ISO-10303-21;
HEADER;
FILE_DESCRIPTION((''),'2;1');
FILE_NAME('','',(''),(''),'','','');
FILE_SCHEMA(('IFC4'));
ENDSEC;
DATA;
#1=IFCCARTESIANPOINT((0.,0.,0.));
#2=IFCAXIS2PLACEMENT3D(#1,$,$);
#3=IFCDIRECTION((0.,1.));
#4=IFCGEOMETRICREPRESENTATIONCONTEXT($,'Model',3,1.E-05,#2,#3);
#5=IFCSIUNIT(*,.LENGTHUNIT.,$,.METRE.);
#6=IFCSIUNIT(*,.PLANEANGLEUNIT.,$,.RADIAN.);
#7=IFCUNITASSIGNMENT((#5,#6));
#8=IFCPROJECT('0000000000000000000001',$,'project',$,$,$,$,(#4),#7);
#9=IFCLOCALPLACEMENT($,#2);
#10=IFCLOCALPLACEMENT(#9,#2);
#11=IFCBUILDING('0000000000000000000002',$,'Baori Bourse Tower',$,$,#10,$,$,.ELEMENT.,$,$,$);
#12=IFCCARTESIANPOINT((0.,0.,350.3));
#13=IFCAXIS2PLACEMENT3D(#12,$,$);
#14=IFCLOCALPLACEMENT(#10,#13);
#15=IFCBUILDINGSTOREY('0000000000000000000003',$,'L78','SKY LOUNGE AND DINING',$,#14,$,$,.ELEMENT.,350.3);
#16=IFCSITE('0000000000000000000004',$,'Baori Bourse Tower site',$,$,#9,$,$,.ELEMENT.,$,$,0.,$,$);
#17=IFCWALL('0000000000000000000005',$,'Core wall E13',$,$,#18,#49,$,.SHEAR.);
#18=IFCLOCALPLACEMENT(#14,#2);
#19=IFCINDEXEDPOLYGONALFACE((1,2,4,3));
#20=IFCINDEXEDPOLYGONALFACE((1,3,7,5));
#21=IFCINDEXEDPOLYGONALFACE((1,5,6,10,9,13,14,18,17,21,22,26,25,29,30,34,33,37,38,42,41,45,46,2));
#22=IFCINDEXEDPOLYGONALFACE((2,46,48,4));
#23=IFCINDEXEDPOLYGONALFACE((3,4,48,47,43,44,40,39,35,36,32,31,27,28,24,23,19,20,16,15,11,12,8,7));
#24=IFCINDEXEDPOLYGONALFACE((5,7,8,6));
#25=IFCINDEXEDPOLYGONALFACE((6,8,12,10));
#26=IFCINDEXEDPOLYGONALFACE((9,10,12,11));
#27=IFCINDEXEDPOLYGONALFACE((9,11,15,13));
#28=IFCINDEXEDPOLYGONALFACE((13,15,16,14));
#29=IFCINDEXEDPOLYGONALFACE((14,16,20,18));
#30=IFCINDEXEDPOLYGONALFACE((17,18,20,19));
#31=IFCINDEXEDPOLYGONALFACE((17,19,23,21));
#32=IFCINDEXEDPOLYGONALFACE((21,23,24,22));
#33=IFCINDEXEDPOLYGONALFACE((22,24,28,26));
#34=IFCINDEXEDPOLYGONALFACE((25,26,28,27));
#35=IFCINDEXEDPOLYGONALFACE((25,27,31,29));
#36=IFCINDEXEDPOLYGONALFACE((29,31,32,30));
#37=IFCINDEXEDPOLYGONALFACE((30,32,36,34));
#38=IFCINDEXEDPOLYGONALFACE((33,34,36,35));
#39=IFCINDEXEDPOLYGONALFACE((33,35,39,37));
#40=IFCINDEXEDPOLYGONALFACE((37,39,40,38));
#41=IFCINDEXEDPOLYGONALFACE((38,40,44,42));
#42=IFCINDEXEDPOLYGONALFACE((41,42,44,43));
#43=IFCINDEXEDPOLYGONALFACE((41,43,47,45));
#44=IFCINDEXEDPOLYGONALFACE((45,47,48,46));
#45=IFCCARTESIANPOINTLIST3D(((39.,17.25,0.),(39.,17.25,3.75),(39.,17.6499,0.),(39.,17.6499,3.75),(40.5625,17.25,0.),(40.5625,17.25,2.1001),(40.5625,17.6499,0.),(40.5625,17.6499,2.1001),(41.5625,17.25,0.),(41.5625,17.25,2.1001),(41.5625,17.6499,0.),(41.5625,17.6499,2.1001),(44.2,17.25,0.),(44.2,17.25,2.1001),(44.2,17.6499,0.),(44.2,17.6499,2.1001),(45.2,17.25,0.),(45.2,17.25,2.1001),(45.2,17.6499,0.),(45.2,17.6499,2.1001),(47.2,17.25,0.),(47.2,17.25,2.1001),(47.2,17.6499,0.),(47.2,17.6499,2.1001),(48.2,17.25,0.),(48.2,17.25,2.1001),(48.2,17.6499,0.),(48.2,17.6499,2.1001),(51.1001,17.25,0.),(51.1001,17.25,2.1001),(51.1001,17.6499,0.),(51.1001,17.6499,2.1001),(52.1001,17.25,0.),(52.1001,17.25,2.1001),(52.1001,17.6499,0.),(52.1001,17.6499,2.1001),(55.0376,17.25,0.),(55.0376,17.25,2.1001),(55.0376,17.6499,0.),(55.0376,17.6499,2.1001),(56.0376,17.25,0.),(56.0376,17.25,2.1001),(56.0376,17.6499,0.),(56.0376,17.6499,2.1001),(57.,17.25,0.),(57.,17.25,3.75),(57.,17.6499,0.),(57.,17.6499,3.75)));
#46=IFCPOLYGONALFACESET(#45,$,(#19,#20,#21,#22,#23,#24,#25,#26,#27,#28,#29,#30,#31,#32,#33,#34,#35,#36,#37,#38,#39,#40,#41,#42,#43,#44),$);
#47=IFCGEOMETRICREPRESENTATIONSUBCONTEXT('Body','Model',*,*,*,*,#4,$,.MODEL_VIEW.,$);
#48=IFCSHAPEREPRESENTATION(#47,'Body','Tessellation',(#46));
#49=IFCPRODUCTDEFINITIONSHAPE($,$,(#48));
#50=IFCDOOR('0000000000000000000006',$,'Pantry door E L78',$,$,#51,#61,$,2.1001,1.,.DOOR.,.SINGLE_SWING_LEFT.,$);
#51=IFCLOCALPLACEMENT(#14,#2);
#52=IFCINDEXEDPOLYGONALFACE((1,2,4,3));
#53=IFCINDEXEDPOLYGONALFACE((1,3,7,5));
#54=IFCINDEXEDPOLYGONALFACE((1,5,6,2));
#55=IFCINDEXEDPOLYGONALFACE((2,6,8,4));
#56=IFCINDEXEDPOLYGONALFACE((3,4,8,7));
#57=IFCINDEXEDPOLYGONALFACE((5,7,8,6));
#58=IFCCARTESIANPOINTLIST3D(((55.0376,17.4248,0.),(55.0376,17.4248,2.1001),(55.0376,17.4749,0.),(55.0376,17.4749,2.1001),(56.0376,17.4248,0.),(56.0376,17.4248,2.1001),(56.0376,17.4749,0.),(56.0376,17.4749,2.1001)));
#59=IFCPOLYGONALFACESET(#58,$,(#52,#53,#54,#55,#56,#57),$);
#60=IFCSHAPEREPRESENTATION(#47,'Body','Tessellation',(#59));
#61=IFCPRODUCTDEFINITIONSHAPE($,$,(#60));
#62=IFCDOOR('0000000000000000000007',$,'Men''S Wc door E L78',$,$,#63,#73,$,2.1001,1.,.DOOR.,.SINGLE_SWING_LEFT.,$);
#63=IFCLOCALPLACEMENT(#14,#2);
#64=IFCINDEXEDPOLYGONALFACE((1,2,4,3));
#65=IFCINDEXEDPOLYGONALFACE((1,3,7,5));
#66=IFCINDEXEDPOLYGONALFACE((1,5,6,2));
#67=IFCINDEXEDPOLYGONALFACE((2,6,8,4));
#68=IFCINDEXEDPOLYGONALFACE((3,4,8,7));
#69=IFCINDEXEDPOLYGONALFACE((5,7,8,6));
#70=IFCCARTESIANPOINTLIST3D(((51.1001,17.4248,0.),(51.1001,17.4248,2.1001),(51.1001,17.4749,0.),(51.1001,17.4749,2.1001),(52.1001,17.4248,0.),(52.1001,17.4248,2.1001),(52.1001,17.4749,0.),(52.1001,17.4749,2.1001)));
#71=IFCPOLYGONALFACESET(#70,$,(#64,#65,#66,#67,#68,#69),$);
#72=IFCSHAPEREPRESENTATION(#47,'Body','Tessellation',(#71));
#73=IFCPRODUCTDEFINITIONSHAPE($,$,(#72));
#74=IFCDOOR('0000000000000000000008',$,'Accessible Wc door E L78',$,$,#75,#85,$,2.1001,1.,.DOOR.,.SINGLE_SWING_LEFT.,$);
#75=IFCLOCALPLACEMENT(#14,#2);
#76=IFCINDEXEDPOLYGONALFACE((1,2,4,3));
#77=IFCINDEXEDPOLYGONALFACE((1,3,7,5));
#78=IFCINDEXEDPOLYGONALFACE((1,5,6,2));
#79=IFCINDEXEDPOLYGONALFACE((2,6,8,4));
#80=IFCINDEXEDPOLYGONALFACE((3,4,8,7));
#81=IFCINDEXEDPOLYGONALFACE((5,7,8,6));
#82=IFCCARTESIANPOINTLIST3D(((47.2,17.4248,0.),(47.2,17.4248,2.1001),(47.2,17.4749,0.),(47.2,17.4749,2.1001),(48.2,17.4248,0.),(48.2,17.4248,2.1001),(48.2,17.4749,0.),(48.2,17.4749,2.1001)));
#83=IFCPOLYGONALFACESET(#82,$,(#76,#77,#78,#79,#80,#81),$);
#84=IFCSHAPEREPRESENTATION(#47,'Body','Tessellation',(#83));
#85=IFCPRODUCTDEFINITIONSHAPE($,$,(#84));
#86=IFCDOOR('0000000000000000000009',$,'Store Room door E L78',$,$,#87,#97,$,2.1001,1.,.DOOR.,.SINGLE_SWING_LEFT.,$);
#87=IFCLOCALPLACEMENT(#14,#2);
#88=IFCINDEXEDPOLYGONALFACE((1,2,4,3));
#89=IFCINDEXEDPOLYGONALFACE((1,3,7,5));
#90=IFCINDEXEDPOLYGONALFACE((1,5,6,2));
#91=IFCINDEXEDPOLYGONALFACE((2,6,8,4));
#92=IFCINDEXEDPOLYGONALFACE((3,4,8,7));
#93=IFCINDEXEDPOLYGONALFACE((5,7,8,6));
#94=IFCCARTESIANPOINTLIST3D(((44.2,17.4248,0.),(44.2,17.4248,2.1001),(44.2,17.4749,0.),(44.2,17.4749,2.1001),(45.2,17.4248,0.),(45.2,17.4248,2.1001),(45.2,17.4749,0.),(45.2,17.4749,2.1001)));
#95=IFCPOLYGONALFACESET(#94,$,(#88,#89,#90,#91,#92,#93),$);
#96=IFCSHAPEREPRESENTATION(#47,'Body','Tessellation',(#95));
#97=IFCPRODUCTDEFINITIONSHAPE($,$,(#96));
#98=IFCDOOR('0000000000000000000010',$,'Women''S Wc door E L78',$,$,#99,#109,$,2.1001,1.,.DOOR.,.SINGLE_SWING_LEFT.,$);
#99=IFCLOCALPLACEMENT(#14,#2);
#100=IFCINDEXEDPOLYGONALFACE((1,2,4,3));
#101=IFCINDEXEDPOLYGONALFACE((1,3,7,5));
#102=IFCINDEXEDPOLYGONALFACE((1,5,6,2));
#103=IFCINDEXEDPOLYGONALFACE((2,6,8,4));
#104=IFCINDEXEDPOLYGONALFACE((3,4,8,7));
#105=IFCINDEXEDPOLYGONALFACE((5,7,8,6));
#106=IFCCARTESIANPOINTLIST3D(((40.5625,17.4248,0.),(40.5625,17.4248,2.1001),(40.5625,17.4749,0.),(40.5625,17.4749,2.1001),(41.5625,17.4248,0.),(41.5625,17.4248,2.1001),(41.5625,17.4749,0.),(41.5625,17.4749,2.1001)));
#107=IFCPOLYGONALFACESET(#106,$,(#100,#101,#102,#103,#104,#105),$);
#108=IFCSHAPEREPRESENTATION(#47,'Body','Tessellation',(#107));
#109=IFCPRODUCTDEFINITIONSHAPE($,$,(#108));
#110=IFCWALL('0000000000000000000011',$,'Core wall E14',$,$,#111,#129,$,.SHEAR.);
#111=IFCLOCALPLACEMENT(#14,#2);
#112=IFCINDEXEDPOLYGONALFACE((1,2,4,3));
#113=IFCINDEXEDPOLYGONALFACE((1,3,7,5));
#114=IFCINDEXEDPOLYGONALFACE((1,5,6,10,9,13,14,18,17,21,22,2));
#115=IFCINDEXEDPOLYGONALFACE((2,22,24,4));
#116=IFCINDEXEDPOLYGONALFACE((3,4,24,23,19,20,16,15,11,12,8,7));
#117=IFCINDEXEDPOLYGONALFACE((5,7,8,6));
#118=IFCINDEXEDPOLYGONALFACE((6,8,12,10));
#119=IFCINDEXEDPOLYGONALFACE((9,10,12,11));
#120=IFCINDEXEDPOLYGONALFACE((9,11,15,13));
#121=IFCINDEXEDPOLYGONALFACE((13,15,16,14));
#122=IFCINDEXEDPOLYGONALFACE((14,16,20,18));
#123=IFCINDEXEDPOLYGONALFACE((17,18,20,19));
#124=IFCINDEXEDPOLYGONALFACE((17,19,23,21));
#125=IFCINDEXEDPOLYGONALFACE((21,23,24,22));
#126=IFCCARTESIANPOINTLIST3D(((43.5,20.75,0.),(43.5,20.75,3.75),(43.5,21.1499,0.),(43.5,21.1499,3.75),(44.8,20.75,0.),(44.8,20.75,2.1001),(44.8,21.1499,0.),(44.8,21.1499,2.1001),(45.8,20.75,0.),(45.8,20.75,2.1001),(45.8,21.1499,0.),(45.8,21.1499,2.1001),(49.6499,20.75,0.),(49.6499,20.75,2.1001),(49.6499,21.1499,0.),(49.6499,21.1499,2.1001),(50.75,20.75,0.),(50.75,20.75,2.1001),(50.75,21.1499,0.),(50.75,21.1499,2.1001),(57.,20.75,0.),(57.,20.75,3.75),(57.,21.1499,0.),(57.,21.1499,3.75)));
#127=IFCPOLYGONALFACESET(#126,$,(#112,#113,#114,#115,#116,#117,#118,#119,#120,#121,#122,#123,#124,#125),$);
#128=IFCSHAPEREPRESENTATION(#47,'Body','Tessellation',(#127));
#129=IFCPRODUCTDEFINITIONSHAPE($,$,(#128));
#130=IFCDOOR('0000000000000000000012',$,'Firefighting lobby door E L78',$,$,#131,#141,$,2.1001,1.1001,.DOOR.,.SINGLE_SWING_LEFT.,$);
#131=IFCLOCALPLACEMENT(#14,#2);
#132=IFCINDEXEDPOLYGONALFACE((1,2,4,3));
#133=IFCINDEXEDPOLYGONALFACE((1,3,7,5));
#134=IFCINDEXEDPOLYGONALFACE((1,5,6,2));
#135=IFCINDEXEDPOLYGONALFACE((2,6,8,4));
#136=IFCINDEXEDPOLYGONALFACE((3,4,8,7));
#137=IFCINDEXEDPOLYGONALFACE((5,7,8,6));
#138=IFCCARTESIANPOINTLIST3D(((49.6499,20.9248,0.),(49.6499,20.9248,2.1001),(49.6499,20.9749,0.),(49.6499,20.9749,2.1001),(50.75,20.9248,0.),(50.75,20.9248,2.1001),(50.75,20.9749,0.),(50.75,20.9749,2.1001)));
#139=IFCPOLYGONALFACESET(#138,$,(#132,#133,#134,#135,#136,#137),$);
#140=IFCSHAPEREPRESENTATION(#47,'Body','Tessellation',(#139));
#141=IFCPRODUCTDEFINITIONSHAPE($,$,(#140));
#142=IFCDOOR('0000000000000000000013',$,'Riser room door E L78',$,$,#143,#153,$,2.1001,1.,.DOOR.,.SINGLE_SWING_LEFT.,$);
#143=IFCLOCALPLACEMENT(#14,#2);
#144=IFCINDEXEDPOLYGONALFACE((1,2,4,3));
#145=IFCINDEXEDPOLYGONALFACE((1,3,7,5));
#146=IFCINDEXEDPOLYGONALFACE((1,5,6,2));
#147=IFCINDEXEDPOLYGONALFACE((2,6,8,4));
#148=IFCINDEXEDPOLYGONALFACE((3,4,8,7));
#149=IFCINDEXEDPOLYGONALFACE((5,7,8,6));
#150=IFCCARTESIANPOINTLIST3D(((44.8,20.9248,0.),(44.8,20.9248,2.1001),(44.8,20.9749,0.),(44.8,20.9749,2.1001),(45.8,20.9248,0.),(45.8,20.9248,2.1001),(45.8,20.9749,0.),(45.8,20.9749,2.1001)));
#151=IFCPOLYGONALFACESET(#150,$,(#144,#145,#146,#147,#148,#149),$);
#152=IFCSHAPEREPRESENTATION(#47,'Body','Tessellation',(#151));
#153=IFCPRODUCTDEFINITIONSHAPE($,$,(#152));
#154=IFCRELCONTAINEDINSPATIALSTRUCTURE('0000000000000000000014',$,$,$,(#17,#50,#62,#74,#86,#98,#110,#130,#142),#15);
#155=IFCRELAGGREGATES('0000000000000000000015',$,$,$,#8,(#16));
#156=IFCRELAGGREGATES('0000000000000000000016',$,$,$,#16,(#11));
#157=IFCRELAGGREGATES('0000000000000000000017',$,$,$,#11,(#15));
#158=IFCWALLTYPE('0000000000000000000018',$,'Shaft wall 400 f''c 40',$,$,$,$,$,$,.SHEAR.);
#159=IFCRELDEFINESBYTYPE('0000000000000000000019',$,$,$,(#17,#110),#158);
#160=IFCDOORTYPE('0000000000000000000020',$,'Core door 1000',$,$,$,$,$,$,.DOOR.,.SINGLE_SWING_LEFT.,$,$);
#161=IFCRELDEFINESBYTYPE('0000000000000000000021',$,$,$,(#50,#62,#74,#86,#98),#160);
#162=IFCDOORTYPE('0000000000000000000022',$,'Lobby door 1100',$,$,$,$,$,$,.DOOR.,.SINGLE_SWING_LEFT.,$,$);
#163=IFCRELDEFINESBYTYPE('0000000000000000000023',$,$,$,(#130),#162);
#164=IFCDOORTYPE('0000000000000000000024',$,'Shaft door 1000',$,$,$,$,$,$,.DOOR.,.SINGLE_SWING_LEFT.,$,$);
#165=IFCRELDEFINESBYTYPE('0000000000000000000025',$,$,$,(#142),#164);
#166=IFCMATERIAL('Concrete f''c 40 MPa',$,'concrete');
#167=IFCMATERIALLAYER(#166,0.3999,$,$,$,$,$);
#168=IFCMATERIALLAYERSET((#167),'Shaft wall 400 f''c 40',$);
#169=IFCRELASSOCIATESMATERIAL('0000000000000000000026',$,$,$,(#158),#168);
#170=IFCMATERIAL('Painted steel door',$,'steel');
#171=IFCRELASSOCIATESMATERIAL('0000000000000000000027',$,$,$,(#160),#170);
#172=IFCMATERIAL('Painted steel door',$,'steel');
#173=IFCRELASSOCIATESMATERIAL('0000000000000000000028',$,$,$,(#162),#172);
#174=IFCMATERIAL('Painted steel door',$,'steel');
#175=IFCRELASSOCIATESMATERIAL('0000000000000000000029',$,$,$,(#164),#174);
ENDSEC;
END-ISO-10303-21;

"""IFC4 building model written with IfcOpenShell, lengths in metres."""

from ifc_helpers import new_model, si_unit, direction, frame, frame_2d, origin, place, context, subcontext, project, spatial, rectangle, extrude, material, layer, layer_set, type_object, element, fill, save


model = new_model("IFC4")

# Units and contexts
model_context = context("Model", 3, precision=1e-05, world=origin(), true_north=direction((0.0, 1.0)))
body_context = subcontext(model_context, "Body", "Model", "MODEL_VIEW")
ifc_project = project(units=[si_unit("LENGTHUNIT", "METRE"), si_unit("PLANEANGLEUNIT", "RADIAN")], contexts=[model_context])

# Site, building, storey
site_placement = place(None, origin())
site = spatial("IfcSite", under=ifc_project, at=site_placement, Name="Baori Bourse Tower site", CompositionType="ELEMENT", RefElevation=0.0)
building_placement = place(site_placement, origin())
building = spatial("IfcBuilding", under=site, at=building_placement, Name="Baori Bourse Tower", CompositionType="ELEMENT")
storey_placement = place(building_placement, frame((0.0, 0.0, 350.3)))
storey = spatial("IfcBuildingStorey", under=building, at=storey_placement, Name="L78", Description="SKY LOUNGE AND DINING", CompositionType="ELEMENT", Elevation=350.3)

# Shared definitions
ifc_material_1 = material(Name="Concrete f'c 40 MPa", Category="concrete")
ifc_layer_1 = layer(ifc_material_1, 0.3999)
ifc_layer_set_1 = layer_set([ifc_layer_1], Name="Shaft wall 400 f'c 40")
wall_type_1 = type_object("IfcWallType", Name="Shaft wall 400 f'c 40", PredefinedType="SHEAR", material=ifc_layer_set_1)

# Walls, openings, doors
wall_1_placement = place(storey_placement, frame((39.0, 17.45, 0.0), z_axis=(0.0, 0.0, 1.0), x_axis=(1.0, 0.0, 0.0)))
wall_1 = element("IfcWall", 1, at=wall_1_placement, inside=storey, type_object=wall_type_1, Name="Core wall E13", PredefinedType="SHEAR", context=body_context, shape_type="SweptSolid", body=[
    extrude(rectangle(XDim=18.0, YDim=0.3999, at=frame_2d((9.0, 0.0))), origin(), (0.0, 0.0, 1.0), 3.75),
])
opening_1_placement = place(wall_1_placement, frame((16.0376, 0.0, 0.0)))
opening_1 = element("IfcOpeningElement", 2, at=opening_1_placement, cuts=wall_1, PredefinedType="OPENING", context=body_context, shape_type="SweptSolid", body=[
    extrude(rectangle(XDim=1.0, YDim=2.1001, at=frame_2d((0.5, 1.05))), frame((0.0, 0.21, 0.0), z_axis=(0.0, -1.0, 0.0), x_axis=(1.0, 0.0, 0.0)), (0.0, 0.0, 1.0), 0.4199),
])
opening_2_placement = place(wall_1_placement, frame((12.1001, 0.0, 0.0)))
opening_2 = element("IfcOpeningElement", 3, at=opening_2_placement, cuts=wall_1, PredefinedType="OPENING", context=body_context, shape_type="SweptSolid", body=[
    extrude(rectangle(XDim=1.0, YDim=2.1001, at=frame_2d((0.5, 1.05))), frame((0.0, 0.21, 0.0), z_axis=(0.0, -1.0, 0.0), x_axis=(1.0, 0.0, 0.0)), (0.0, 0.0, 1.0), 0.4199),
])
opening_3_placement = place(wall_1_placement, frame((8.2, 0.0, 0.0)))
opening_3 = element("IfcOpeningElement", 4, at=opening_3_placement, cuts=wall_1, PredefinedType="OPENING", context=body_context, shape_type="SweptSolid", body=[
    extrude(rectangle(XDim=1.0, YDim=2.1001, at=frame_2d((0.5, 1.05))), frame((0.0, 0.21, 0.0), z_axis=(0.0, -1.0, 0.0), x_axis=(1.0, 0.0, 0.0)), (0.0, 0.0, 1.0), 0.4199),
])
opening_4_placement = place(wall_1_placement, frame((5.2, 0.0, 0.0)))
opening_4 = element("IfcOpeningElement", 5, at=opening_4_placement, cuts=wall_1, PredefinedType="OPENING", context=body_context, shape_type="SweptSolid", body=[
    extrude(rectangle(XDim=1.0, YDim=2.1001, at=frame_2d((0.5, 1.05))), frame((0.0, 0.21, 0.0), z_axis=(0.0, -1.0, 0.0), x_axis=(1.0, 0.0, 0.0)), (0.0, 0.0, 1.0), 0.4199),
])
opening_5_placement = place(wall_1_placement, frame((1.5625, 0.0, 0.0)))
opening_5 = element("IfcOpeningElement", 6, at=opening_5_placement, cuts=wall_1, PredefinedType="OPENING", context=body_context, shape_type="SweptSolid", body=[
    extrude(rectangle(XDim=1.0, YDim=2.1001, at=frame_2d((0.5, 1.05))), frame((0.0, 0.21, 0.0), z_axis=(0.0, -1.0, 0.0), x_axis=(1.0, 0.0, 0.0)), (0.0, 0.0, 1.0), 0.4199),
])
ifc_material_2 = material(Name="Painted steel door", Category="steel")
door_type_1 = type_object("IfcDoorType", Name="Core door 1000", OperationType="SINGLE_SWING_LEFT", PredefinedType="DOOR", material=ifc_material_2)
door_1_placement = place(opening_1_placement, origin())
door_1 = element("IfcDoor", 7, at=door_1_placement, inside=storey, type_object=door_type_1, Name="Pantry door E L78", OperationType="SINGLE_SWING_LEFT", OverallHeight=2.1001, OverallWidth=1.0, PredefinedType="DOOR", context=body_context, shape_type="SweptSolid", body=[
    extrude(rectangle(XDim=1.0, YDim=2.1001, at=frame_2d((0.5, 1.05))), frame((0.0, 0.0249, 0.0), z_axis=(0.0, -1.0, 0.0), x_axis=(1.0, 0.0, 0.0)), (0.0, 0.0, 1.0), 0.05),
])
fill(opening_1, door_1)
door_2_placement = place(opening_2_placement, origin())
door_2 = element("IfcDoor", 8, at=door_2_placement, inside=storey, type_object=door_type_1, Name="Men'S Wc door E L78", OperationType="SINGLE_SWING_LEFT", OverallHeight=2.1001, OverallWidth=1.0, PredefinedType="DOOR", context=body_context, shape_type="SweptSolid", body=[
    extrude(rectangle(XDim=1.0, YDim=2.1001, at=frame_2d((0.5, 1.05))), frame((0.0, 0.0249, 0.0), z_axis=(0.0, -1.0, 0.0), x_axis=(1.0, 0.0, 0.0)), (0.0, 0.0, 1.0), 0.05),
])
fill(opening_2, door_2)
door_3_placement = place(opening_3_placement, origin())
door_3 = element("IfcDoor", 9, at=door_3_placement, inside=storey, type_object=door_type_1, Name="Accessible Wc door E L78", OperationType="SINGLE_SWING_LEFT", OverallHeight=2.1001, OverallWidth=1.0, PredefinedType="DOOR", context=body_context, shape_type="SweptSolid", body=[
    extrude(rectangle(XDim=1.0, YDim=2.1001, at=frame_2d((0.5, 1.05))), frame((0.0, 0.0249, 0.0), z_axis=(0.0, -1.0, 0.0), x_axis=(1.0, 0.0, 0.0)), (0.0, 0.0, 1.0), 0.05),
])
fill(opening_3, door_3)
door_4_placement = place(opening_4_placement, origin())
door_4 = element("IfcDoor", 10, at=door_4_placement, inside=storey, type_object=door_type_1, Name="Store Room door E L78", OperationType="SINGLE_SWING_LEFT", OverallHeight=2.1001, OverallWidth=1.0, PredefinedType="DOOR", context=body_context, shape_type="SweptSolid", body=[
    extrude(rectangle(XDim=1.0, YDim=2.1001, at=frame_2d((0.5, 1.05))), frame((0.0, 0.0249, 0.0), z_axis=(0.0, -1.0, 0.0), x_axis=(1.0, 0.0, 0.0)), (0.0, 0.0, 1.0), 0.05),
])
fill(opening_4, door_4)
door_5_placement = place(opening_5_placement, origin())
door_5 = element("IfcDoor", 11, at=door_5_placement, inside=storey, type_object=door_type_1, Name="Women'S Wc door E L78", OperationType="SINGLE_SWING_LEFT", OverallHeight=2.1001, OverallWidth=1.0, PredefinedType="DOOR", context=body_context, shape_type="SweptSolid", body=[
    extrude(rectangle(XDim=1.0, YDim=2.1001, at=frame_2d((0.5, 1.05))), frame((0.0, 0.0249, 0.0), z_axis=(0.0, -1.0, 0.0), x_axis=(1.0, 0.0, 0.0)), (0.0, 0.0, 1.0), 0.05),
])
fill(opening_5, door_5)
wall_2_placement = place(storey_placement, frame((43.5, 20.95, 0.0), z_axis=(0.0, 0.0, 1.0), x_axis=(1.0, 0.0, 0.0)))
wall_2 = element("IfcWall", 12, at=wall_2_placement, inside=storey, type_object=wall_type_1, Name="Core wall E14", PredefinedType="SHEAR", context=body_context, shape_type="SweptSolid", body=[
    extrude(rectangle(XDim=13.5, YDim=0.3999, at=frame_2d((6.75, 0.0))), origin(), (0.0, 0.0, 1.0), 3.75),
])
opening_6_placement = place(wall_2_placement, frame((6.1499, 0.0, 0.0)))
opening_6 = element("IfcOpeningElement", 13, at=opening_6_placement, cuts=wall_2, PredefinedType="OPENING", context=body_context, shape_type="SweptSolid", body=[
    extrude(rectangle(XDim=1.1001, YDim=2.1001, at=frame_2d((0.55, 1.05))), frame((0.0, 0.21, 0.0), z_axis=(0.0, -1.0, 0.0), x_axis=(1.0, 0.0, 0.0)), (0.0, 0.0, 1.0), 0.4199),
])
opening_7_placement = place(wall_2_placement, frame((1.3, 0.0, 0.0)))
opening_7 = element("IfcOpeningElement", 14, at=opening_7_placement, cuts=wall_2, PredefinedType="OPENING", context=body_context, shape_type="SweptSolid", body=[
    extrude(rectangle(XDim=1.0, YDim=2.1001, at=frame_2d((0.5, 1.05))), frame((0.0, 0.21, 0.0), z_axis=(0.0, -1.0, 0.0), x_axis=(1.0, 0.0, 0.0)), (0.0, 0.0, 1.0), 0.4199),
])
ifc_material_3 = material(Name="Painted steel door", Category="steel")
door_type_2 = type_object("IfcDoorType", Name="Lobby door 1100", OperationType="SINGLE_SWING_LEFT", PredefinedType="DOOR", material=ifc_material_3)
door_6_placement = place(opening_6_placement, origin())
door_6 = element("IfcDoor", 15, at=door_6_placement, inside=storey, type_object=door_type_2, Name="Firefighting lobby door E L78", OperationType="SINGLE_SWING_LEFT", OverallHeight=2.1001, OverallWidth=1.1001, PredefinedType="DOOR", context=body_context, shape_type="SweptSolid", body=[
    extrude(rectangle(XDim=1.1001, YDim=2.1001, at=frame_2d((0.55, 1.05))), frame((0.0, 0.0249, 0.0), z_axis=(0.0, -1.0, 0.0), x_axis=(1.0, 0.0, 0.0)), (0.0, 0.0, 1.0), 0.05),
])
fill(opening_6, door_6)
ifc_material_4 = material(Name="Painted steel door", Category="steel")
door_type_3 = type_object("IfcDoorType", Name="Shaft door 1000", OperationType="SINGLE_SWING_LEFT", PredefinedType="DOOR", material=ifc_material_4)
door_7_placement = place(opening_7_placement, origin())
door_7 = element("IfcDoor", 16, at=door_7_placement, inside=storey, type_object=door_type_3, Name="Riser room door E L78", OperationType="SINGLE_SWING_LEFT", OverallHeight=2.1001, OverallWidth=1.0, PredefinedType="DOOR", context=body_context, shape_type="SweptSolid", body=[
    extrude(rectangle(XDim=1.0, YDim=2.1001, at=frame_2d((0.5, 1.05))), frame((0.0, 0.0249, 0.0), z_axis=(0.0, -1.0, 0.0), x_axis=(1.0, 0.0, 0.0)), (0.0, 0.0, 1.0), 0.05),
])
fill(opening_7, door_7)

save(model, "model.ifc")
